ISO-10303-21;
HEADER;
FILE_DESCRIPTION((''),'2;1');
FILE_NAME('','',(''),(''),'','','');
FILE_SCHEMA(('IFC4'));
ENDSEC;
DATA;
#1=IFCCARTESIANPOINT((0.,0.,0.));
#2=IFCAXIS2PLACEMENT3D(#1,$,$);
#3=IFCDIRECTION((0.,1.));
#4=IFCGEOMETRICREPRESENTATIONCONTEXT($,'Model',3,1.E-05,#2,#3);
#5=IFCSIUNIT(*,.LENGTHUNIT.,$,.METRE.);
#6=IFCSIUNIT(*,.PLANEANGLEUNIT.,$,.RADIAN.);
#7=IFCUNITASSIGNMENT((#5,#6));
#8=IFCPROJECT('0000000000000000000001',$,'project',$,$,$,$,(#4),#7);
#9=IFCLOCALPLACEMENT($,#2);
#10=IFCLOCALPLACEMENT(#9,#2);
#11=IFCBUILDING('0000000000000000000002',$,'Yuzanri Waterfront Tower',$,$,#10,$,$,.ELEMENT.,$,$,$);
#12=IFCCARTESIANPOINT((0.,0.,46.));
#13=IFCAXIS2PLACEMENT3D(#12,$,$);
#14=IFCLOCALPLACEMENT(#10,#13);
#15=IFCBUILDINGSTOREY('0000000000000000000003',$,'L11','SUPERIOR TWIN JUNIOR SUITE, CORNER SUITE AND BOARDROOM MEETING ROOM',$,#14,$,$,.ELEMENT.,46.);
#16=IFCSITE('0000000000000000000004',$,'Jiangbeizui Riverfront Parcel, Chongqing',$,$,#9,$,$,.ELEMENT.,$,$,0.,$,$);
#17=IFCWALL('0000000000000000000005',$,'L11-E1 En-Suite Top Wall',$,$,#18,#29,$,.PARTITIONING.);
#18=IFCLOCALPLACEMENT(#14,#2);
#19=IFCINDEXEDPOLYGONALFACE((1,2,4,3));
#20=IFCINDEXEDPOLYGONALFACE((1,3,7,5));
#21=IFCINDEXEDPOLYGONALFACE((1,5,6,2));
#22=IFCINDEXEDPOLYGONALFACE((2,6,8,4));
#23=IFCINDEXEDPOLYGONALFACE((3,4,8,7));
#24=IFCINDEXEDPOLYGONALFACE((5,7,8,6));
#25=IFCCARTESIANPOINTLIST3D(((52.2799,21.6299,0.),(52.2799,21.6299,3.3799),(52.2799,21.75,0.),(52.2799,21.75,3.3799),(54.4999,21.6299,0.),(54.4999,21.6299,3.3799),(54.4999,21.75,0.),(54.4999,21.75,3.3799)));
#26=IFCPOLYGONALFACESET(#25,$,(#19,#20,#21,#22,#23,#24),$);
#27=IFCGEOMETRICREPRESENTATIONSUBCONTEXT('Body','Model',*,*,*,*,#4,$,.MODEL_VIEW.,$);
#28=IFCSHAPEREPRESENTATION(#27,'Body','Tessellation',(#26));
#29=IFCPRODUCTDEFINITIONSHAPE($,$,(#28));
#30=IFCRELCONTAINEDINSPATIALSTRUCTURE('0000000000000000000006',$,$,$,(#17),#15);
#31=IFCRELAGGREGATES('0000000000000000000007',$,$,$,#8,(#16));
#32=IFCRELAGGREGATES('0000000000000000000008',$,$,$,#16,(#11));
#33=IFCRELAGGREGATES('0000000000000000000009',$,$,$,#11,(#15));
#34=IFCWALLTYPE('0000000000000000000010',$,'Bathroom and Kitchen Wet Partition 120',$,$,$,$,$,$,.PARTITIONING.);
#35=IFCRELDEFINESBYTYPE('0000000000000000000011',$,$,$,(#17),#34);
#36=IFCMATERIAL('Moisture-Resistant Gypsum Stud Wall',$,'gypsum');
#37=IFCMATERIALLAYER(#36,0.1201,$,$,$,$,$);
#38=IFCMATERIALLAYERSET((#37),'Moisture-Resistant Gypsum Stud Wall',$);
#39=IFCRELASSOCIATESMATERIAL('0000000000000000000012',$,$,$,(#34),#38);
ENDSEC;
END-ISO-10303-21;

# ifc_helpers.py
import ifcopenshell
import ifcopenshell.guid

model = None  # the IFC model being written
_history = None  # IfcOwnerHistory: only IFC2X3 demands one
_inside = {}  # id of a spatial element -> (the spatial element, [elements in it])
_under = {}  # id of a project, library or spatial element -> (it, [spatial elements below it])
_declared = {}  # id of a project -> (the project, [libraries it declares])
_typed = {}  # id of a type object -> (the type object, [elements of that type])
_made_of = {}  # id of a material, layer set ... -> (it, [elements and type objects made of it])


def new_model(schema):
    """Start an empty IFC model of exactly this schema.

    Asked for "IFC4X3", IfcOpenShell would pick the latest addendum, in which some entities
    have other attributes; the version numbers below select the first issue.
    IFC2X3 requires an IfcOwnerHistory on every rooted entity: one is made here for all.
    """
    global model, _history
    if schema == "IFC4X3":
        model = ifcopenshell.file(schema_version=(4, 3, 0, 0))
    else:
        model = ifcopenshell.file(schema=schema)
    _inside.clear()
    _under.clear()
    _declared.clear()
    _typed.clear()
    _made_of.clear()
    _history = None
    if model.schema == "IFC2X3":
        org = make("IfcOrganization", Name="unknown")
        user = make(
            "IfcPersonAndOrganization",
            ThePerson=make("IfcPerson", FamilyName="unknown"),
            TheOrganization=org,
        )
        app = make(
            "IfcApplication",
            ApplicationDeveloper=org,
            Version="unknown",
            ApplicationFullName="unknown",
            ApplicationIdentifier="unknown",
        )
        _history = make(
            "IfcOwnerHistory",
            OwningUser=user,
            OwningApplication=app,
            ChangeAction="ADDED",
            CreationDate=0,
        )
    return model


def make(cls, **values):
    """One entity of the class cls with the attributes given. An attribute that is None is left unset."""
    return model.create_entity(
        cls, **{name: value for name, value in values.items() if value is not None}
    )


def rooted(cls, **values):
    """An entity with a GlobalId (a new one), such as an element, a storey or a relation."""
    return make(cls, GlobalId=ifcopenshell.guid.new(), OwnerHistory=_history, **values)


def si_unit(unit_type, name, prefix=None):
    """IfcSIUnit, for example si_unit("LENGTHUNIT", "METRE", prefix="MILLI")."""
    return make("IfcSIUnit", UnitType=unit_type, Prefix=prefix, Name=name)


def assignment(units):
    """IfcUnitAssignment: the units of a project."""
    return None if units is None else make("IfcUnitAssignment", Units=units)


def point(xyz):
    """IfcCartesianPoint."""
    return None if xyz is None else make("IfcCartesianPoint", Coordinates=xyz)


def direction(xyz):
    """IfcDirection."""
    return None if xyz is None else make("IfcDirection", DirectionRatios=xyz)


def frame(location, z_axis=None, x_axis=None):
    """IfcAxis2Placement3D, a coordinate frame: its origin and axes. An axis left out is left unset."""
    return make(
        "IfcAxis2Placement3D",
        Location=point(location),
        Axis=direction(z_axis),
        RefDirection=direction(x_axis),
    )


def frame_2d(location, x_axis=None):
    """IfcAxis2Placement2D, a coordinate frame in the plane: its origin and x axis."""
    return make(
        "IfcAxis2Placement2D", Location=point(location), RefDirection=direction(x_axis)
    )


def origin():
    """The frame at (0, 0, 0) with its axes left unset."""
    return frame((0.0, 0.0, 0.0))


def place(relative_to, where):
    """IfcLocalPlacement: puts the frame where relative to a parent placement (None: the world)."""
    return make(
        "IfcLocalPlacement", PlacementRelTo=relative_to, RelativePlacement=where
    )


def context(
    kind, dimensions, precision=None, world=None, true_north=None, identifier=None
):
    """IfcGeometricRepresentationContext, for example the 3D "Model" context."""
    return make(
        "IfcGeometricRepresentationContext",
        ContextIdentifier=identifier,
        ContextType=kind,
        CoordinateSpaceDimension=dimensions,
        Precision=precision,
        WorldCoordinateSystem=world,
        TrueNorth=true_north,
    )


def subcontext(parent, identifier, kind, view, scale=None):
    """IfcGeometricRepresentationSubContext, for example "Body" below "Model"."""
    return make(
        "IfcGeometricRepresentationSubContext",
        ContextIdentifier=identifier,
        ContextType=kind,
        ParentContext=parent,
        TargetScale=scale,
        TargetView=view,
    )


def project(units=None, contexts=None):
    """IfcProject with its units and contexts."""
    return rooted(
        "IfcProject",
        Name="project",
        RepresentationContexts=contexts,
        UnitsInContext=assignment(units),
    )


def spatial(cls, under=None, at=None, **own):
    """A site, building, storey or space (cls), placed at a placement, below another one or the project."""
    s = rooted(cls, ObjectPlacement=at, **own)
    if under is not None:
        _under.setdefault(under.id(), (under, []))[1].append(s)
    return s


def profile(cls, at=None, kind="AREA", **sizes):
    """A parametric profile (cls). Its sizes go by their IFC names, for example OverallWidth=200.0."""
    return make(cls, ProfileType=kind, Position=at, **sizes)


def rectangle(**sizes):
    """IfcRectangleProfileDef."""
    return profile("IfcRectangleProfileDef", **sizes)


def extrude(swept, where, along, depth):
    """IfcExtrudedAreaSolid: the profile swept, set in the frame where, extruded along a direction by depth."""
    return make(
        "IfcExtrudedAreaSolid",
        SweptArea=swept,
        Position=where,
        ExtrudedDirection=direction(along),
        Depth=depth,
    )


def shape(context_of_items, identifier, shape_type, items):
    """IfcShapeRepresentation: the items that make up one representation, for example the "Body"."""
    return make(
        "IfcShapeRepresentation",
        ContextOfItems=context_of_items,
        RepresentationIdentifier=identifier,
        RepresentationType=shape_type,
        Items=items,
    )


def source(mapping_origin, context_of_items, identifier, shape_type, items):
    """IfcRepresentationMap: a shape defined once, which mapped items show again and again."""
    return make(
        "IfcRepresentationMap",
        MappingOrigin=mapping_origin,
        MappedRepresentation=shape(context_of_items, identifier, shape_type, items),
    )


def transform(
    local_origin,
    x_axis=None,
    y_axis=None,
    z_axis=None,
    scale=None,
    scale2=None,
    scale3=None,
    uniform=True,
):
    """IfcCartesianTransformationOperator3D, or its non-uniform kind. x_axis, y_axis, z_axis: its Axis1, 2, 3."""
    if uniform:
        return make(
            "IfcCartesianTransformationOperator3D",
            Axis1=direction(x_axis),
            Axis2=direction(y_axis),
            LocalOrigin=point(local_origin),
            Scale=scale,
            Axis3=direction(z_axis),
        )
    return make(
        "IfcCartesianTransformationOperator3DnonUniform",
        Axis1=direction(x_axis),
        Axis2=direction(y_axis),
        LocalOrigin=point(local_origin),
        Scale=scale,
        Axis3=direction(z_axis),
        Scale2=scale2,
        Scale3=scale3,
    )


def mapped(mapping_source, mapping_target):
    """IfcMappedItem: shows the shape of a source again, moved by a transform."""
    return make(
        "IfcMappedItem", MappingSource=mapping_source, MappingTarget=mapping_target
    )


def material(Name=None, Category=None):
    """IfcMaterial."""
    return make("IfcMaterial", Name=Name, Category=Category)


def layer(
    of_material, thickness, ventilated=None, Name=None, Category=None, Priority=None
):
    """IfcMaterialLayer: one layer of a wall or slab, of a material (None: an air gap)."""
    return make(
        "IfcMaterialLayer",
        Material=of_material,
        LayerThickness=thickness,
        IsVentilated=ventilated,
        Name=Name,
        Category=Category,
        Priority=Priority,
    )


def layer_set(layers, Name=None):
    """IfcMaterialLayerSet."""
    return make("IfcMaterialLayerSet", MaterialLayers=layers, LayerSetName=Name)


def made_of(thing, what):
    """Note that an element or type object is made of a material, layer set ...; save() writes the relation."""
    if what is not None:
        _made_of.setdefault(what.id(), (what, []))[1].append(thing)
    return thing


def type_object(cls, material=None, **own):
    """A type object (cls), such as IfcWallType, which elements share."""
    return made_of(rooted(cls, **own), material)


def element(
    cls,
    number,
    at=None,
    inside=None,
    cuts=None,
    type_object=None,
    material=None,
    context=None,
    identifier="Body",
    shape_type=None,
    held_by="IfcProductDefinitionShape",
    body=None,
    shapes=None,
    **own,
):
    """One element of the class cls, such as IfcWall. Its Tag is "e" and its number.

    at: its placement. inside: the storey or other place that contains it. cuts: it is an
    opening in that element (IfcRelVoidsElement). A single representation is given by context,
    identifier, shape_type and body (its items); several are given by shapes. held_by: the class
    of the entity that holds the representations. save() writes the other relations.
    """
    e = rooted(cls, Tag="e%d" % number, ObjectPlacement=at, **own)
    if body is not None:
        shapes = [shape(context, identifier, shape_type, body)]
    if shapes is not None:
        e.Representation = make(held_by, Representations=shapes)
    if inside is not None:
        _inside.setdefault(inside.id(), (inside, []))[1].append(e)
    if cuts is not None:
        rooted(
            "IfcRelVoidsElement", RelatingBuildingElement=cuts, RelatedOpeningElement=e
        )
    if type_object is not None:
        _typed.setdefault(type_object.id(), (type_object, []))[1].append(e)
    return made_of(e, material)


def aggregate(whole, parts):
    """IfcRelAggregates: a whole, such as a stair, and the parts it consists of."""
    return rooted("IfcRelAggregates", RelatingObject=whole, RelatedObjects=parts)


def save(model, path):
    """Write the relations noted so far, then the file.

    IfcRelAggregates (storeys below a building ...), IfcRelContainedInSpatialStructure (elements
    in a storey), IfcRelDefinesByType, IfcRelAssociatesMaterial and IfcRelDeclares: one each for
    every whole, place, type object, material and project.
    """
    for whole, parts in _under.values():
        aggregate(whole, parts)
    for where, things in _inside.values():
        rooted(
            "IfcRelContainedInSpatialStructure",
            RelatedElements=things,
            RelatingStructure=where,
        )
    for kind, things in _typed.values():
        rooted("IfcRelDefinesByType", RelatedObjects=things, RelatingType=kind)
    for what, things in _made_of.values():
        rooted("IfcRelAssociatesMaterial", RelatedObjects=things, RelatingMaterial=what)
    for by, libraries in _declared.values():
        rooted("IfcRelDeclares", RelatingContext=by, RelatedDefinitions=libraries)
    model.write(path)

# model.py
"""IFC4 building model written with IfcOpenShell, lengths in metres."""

from ifc_helpers import new_model, si_unit, direction, frame, frame_2d, origin, place, context, subcontext, project, spatial, rectangle, extrude, source, transform, mapped, material, layer, layer_set, type_object, element, save


model = new_model("IFC4")

# Units and contexts
model_context = context("Model", 3, precision=1e-05, world=origin(), true_north=direction((0.0, 1.0)))
body_context = subcontext(model_context, "Body", "Model", "MODEL_VIEW")
ifc_project = project(units=[si_unit("LENGTHUNIT", "METRE"), si_unit("PLANEANGLEUNIT", "RADIAN")], contexts=[model_context])

# Site, building, storey
site_placement = place(None, origin())
site = spatial("IfcSite", under=ifc_project, at=site_placement, Name="Jiangbeizui Riverfront Parcel, Chongqing", CompositionType="ELEMENT", RefElevation=0.0)
building_placement = place(site_placement, origin())
building = spatial("IfcBuilding", under=site, at=building_placement, Name="Yuzanri Waterfront Tower", CompositionType="ELEMENT")
storey_placement = place(building_placement, frame((0.0, 0.0, 46.0)))
storey = spatial("IfcBuildingStorey", under=building, at=storey_placement, Name="L11", Description="SUPERIOR TWIN JUNIOR SUITE, CORNER SUITE AND BOARDROOM MEETING ROOM", CompositionType="ELEMENT", Elevation=46.0)

# Shared definitions
ifc_material_1 = material(Name="Moisture-Resistant Gypsum Stud Wall", Category="gypsum")
ifc_layer_1 = layer(ifc_material_1, 0.1201)
ifc_layer_set_1 = layer_set([ifc_layer_1], Name="Moisture-Resistant Gypsum Stud Wall")
wall_type_1 = type_object("IfcWallType", Name="Bathroom and Kitchen Wet Partition 120", PredefinedType="PARTITIONING", material=ifc_layer_set_1)

# Wall
shared_shape_1 = source(origin(), body_context, "Body", "SweptSolid", [
    extrude(rectangle(XDim=2.22, YDim=0.1201, at=frame_2d((1.1099, 0.0))), origin(), (0.0, 0.0, 1.0), 3.3799),
])
wall_1_placement = place(storey_placement, frame((52.28, 21.6899, 0.0), z_axis=(0.0, 0.0, 1.0), x_axis=(1.0, 0.0, 0.0)))
element("IfcWall", 1, at=wall_1_placement, inside=storey, type_object=wall_type_1, Name="L11-E1 En-Suite Top Wall", PredefinedType="PARTITIONING", context=body_context, shape_type="MappedRepresentation", body=[
    mapped(shared_shape_1, transform((0.0, 0.0, 0.0), scale=1.0)),
])

save(model, "model.ifc")
